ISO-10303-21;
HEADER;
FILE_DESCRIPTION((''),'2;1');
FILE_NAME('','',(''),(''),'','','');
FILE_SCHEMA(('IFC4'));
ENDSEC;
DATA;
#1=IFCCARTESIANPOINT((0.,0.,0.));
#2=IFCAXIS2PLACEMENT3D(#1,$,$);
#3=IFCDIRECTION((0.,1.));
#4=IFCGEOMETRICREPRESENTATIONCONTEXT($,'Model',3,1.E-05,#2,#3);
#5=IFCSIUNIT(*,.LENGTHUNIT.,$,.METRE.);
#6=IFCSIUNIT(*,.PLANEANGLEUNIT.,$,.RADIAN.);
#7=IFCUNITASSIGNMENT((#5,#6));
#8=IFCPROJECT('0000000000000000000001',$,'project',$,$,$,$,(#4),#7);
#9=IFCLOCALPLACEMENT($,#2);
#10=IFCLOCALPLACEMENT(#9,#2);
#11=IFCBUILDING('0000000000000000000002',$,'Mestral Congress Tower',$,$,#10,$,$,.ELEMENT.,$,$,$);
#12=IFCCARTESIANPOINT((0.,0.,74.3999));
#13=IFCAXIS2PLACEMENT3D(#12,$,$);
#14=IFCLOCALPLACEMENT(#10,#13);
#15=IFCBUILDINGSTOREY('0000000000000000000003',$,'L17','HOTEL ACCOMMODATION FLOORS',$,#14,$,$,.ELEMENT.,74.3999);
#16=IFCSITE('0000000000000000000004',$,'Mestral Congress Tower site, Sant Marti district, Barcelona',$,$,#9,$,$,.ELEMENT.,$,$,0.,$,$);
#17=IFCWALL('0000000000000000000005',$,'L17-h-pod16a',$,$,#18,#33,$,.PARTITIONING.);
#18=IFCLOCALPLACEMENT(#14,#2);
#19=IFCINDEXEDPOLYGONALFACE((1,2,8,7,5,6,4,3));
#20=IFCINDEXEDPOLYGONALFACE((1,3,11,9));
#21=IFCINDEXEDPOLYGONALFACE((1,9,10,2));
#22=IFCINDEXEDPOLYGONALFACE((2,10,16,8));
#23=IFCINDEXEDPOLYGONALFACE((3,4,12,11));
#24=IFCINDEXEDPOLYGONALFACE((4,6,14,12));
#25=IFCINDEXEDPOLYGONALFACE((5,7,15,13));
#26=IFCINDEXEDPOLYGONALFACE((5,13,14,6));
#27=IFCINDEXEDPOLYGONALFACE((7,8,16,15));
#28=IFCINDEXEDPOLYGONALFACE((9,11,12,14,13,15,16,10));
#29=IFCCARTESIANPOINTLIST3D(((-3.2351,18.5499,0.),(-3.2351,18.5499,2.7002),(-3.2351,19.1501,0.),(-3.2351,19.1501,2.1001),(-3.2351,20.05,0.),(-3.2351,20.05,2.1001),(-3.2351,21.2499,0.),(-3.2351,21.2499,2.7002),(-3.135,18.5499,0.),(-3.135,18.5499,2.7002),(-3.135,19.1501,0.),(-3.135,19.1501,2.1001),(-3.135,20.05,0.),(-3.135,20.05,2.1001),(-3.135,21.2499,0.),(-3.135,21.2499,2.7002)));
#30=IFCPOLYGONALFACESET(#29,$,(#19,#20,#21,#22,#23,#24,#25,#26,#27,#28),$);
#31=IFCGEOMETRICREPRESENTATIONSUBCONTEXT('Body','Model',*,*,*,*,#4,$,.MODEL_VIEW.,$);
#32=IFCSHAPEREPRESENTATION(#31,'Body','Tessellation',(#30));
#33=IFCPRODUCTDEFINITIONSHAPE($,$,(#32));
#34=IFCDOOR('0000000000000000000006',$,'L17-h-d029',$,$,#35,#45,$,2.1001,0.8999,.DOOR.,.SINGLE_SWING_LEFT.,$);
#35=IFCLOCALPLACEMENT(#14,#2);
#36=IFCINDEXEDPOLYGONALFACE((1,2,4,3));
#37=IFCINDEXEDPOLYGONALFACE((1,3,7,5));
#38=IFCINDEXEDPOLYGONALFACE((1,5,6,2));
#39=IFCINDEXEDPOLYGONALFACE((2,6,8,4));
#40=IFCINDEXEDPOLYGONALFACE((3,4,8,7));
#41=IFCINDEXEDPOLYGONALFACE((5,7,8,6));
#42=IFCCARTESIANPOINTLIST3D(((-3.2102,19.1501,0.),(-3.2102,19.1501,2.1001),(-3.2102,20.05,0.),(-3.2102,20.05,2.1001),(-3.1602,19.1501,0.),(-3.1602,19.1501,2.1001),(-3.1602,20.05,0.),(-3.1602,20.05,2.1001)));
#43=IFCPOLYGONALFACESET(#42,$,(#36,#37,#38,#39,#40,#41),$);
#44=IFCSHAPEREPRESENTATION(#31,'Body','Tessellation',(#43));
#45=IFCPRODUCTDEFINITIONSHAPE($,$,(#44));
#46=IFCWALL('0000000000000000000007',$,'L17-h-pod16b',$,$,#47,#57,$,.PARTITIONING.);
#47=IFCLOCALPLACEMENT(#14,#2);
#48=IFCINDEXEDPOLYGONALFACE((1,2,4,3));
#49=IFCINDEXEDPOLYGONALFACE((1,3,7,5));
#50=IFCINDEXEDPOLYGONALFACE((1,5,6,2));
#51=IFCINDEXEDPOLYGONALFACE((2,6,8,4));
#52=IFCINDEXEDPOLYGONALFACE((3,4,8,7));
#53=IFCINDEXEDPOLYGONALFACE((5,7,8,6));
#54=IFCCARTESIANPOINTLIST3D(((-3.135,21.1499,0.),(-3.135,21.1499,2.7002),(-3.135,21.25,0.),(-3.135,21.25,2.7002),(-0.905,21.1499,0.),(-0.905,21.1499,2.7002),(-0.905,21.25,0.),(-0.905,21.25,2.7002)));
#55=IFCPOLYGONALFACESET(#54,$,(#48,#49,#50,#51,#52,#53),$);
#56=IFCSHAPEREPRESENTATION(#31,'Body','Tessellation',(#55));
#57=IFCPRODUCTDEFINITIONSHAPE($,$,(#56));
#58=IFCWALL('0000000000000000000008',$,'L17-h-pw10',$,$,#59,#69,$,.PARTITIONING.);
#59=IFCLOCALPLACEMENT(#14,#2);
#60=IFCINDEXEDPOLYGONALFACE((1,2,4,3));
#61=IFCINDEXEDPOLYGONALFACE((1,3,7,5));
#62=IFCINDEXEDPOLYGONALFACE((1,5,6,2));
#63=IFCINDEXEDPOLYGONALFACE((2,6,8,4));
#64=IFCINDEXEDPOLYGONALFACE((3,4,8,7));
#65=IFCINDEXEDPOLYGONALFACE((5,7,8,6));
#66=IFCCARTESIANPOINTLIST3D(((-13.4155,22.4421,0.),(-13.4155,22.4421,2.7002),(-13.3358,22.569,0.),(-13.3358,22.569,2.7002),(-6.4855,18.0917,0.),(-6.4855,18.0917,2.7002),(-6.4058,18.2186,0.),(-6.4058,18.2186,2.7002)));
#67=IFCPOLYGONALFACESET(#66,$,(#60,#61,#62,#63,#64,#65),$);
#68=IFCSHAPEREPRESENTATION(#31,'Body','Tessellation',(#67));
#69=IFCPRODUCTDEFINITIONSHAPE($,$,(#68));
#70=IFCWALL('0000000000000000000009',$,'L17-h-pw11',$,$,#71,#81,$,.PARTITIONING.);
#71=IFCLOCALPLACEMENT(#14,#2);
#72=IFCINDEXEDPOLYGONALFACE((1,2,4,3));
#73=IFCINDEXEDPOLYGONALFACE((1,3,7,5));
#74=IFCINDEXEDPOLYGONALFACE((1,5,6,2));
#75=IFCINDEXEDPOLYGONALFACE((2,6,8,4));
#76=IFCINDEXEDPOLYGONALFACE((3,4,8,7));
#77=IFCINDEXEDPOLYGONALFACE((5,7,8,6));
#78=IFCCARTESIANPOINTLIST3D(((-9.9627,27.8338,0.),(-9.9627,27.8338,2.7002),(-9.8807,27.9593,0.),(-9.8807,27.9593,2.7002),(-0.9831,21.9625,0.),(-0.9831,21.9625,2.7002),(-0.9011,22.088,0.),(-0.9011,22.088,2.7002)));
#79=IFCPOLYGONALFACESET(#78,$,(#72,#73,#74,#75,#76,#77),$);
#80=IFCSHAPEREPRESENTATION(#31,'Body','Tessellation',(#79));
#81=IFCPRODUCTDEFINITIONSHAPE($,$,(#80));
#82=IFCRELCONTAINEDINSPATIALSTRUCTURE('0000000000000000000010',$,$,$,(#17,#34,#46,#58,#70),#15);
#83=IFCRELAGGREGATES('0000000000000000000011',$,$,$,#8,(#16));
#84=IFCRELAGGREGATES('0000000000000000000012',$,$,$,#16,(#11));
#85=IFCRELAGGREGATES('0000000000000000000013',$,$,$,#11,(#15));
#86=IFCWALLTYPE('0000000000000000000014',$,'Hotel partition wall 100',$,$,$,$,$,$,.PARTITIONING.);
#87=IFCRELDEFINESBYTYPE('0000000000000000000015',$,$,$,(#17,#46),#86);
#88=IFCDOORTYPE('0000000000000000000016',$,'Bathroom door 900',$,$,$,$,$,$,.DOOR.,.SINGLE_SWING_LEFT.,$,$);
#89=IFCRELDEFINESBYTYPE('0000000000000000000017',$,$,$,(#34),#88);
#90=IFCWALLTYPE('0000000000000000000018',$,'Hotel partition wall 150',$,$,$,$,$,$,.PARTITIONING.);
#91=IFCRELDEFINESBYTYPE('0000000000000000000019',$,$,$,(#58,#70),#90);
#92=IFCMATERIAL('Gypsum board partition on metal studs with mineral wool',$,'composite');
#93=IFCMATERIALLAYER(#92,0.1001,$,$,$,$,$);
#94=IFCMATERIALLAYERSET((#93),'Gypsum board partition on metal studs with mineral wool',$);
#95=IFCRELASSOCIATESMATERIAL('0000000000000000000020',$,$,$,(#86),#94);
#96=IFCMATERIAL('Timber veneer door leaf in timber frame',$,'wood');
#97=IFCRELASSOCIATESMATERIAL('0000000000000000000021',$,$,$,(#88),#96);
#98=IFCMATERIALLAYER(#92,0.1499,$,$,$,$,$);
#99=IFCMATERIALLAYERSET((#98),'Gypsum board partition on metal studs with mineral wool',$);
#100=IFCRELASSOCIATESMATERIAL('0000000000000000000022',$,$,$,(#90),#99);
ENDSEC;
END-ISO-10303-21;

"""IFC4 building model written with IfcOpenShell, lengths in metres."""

from ifc_helpers import new_model, si_unit, direction, frame, frame_2d, origin, place, context, subcontext, project, spatial, rectangle, extrude, material, layer, layer_set, type_object, element, fill, save


model = new_model("IFC4")

# Units and contexts
model_context = context("Model", 3, precision=1e-05, world=origin(), true_north=direction((0.0, 1.0)))
body_context = subcontext(model_context, "Body", "Model", "MODEL_VIEW")
ifc_project = project(units=[si_unit("LENGTHUNIT", "METRE"), si_unit("PLANEANGLEUNIT", "RADIAN")], contexts=[model_context])

# Site, building, storey
site_placement = place(None, origin())
site = spatial("IfcSite", under=ifc_project, at=site_placement, Name="Mestral Congress Tower site, Sant Marti district, Barcelona", CompositionType="ELEMENT", RefElevation=0.0)
building_placement = place(site_placement, origin())
building = spatial("IfcBuilding", under=site, at=building_placement, Name="Mestral Congress Tower", CompositionType="ELEMENT")
storey_placement = place(building_placement, frame((0.0, 0.0, 74.3999)))
storey = spatial("IfcBuildingStorey", under=building, at=storey_placement, Name="L17", Description="HOTEL ACCOMMODATION FLOORS", CompositionType="ELEMENT", Elevation=74.3999)

# Wall, opening, door
ifc_material_1 = material(Name="Gypsum board partition on metal studs with mineral wool", Category="composite")
ifc_layer_1 = layer(ifc_material_1, 0.1001)
ifc_layer_set_1 = layer_set([ifc_layer_1], Name="Gypsum board partition on metal studs with mineral wool")
wall_type_1 = type_object("IfcWallType", Name="Hotel partition wall 100", PredefinedType="PARTITIONING", material=ifc_layer_set_1)
wall_1_placement = place(storey_placement, frame((-3.1851, 21.25, 0.0), z_axis=(0.0, 0.0, 1.0), x_axis=(0.0, -1.0, 0.0)))
wall_1 = element("IfcWall", 1, at=wall_1_placement, inside=storey, type_object=wall_type_1, Name="L17-h-pod16a", PredefinedType="PARTITIONING", context=body_context, shape_type="SweptSolid", body=[
    extrude(rectangle(XDim=2.7, YDim=0.1001, at=frame_2d((1.3501, 0.0))), origin(), (0.0, 0.0, 1.0), 2.7002),
])
opening_1_placement = place(wall_1_placement, frame((1.2, 0.0, 0.0)))
opening_1 = element("IfcOpeningElement", 2, at=opening_1_placement, cuts=wall_1, PredefinedType="OPENING", context=body_context, shape_type="SweptSolid", body=[
    extrude(rectangle(XDim=0.8999, YDim=2.1001, at=frame_2d((0.45, 1.05))), frame((0.0, 0.0601, 0.0), z_axis=(0.0, -1.0, 0.0), x_axis=(1.0, 0.0, 0.0)), (0.0, 0.0, 1.0), 0.1201),
])
ifc_material_2 = material(Name="Timber veneer door leaf in timber frame", Category="wood")
door_type = type_object("IfcDoorType", Name="Bathroom door 900", OperationType="SINGLE_SWING_LEFT", PredefinedType="DOOR", material=ifc_material_2)
door_placement = place(opening_1_placement, origin())
door = element("IfcDoor", 3, at=door_placement, inside=storey, type_object=door_type, Name="L17-h-d029", OperationType="SINGLE_SWING_LEFT", OverallHeight=2.1001, OverallWidth=0.8999, PredefinedType="DOOR", context=body_context, shape_type="SweptSolid", body=[
    extrude(rectangle(XDim=0.8999, YDim=2.1001, at=frame_2d((0.45, 1.05))), frame((0.0, 0.0249, 0.0), z_axis=(0.0, -1.0, 0.0), x_axis=(1.0, 0.0, 0.0)), (0.0, 0.0, 1.0), 0.05),
])
fill(opening_1, door)

# Walls
wall_2_placement = place(storey_placement, frame((-3.135, 21.2, 0.0), z_axis=(0.0, 0.0, 1.0), x_axis=(1.0, 0.0, 0.0)))
element("IfcWall", 4, at=wall_2_placement, inside=storey, type_object=wall_type_1, Name="L17-h-pod16b", PredefinedType="PARTITIONING", context=body_context, shape_type="SweptSolid", body=[
    extrude(rectangle(XDim=2.23, YDim=0.1001, at=frame_2d((1.115, 0.0))), origin(), (0.0, 0.0, 1.0), 2.7002),
])
ifc_layer_2 = layer(ifc_material_1, 0.1499)
ifc_layer_set_2 = layer_set([ifc_layer_2], Name="Gypsum board partition on metal studs with mineral wool")
wall_type_2 = type_object("IfcWallType", Name="Hotel partition wall 150", PredefinedType="PARTITIONING", material=ifc_layer_set_2)
wall_3_placement = place(storey_placement, frame((-13.3757, 22.5056, 0.0), z_axis=(0.0, 0.0, 1.0), x_axis=(0.846946, -0.53168, 0.0)))
element("IfcWall", 5, at=wall_3_placement, inside=storey, type_object=wall_type_2, Name="L17-h-pw10", PredefinedType="PARTITIONING", context=body_context, shape_type="SweptSolid", body=[
    extrude(rectangle(XDim=8.1824, YDim=0.1499, at=frame_2d((4.0913, 0.0))), origin(), (0.0, 0.0, 1.0), 2.7002),
])
wall_4_placement = place(storey_placement, frame((-9.9216, 27.8965, 0.0), z_axis=(0.0, 0.0, 1.0), x_axis=(0.836971, -0.547248, 0.0)))
element("IfcWall", 6, at=wall_4_placement, inside=storey, type_object=wall_type_2, Name="L17-h-pw11", PredefinedType="PARTITIONING", context=body_context, shape_type="SweptSolid", body=[
    extrude(rectangle(XDim=10.7288, YDim=0.1499, at=frame_2d((5.3643, 0.0))), origin(), (0.0, 0.0, 1.0), 2.7002),
])

save(model, "model.ifc")
